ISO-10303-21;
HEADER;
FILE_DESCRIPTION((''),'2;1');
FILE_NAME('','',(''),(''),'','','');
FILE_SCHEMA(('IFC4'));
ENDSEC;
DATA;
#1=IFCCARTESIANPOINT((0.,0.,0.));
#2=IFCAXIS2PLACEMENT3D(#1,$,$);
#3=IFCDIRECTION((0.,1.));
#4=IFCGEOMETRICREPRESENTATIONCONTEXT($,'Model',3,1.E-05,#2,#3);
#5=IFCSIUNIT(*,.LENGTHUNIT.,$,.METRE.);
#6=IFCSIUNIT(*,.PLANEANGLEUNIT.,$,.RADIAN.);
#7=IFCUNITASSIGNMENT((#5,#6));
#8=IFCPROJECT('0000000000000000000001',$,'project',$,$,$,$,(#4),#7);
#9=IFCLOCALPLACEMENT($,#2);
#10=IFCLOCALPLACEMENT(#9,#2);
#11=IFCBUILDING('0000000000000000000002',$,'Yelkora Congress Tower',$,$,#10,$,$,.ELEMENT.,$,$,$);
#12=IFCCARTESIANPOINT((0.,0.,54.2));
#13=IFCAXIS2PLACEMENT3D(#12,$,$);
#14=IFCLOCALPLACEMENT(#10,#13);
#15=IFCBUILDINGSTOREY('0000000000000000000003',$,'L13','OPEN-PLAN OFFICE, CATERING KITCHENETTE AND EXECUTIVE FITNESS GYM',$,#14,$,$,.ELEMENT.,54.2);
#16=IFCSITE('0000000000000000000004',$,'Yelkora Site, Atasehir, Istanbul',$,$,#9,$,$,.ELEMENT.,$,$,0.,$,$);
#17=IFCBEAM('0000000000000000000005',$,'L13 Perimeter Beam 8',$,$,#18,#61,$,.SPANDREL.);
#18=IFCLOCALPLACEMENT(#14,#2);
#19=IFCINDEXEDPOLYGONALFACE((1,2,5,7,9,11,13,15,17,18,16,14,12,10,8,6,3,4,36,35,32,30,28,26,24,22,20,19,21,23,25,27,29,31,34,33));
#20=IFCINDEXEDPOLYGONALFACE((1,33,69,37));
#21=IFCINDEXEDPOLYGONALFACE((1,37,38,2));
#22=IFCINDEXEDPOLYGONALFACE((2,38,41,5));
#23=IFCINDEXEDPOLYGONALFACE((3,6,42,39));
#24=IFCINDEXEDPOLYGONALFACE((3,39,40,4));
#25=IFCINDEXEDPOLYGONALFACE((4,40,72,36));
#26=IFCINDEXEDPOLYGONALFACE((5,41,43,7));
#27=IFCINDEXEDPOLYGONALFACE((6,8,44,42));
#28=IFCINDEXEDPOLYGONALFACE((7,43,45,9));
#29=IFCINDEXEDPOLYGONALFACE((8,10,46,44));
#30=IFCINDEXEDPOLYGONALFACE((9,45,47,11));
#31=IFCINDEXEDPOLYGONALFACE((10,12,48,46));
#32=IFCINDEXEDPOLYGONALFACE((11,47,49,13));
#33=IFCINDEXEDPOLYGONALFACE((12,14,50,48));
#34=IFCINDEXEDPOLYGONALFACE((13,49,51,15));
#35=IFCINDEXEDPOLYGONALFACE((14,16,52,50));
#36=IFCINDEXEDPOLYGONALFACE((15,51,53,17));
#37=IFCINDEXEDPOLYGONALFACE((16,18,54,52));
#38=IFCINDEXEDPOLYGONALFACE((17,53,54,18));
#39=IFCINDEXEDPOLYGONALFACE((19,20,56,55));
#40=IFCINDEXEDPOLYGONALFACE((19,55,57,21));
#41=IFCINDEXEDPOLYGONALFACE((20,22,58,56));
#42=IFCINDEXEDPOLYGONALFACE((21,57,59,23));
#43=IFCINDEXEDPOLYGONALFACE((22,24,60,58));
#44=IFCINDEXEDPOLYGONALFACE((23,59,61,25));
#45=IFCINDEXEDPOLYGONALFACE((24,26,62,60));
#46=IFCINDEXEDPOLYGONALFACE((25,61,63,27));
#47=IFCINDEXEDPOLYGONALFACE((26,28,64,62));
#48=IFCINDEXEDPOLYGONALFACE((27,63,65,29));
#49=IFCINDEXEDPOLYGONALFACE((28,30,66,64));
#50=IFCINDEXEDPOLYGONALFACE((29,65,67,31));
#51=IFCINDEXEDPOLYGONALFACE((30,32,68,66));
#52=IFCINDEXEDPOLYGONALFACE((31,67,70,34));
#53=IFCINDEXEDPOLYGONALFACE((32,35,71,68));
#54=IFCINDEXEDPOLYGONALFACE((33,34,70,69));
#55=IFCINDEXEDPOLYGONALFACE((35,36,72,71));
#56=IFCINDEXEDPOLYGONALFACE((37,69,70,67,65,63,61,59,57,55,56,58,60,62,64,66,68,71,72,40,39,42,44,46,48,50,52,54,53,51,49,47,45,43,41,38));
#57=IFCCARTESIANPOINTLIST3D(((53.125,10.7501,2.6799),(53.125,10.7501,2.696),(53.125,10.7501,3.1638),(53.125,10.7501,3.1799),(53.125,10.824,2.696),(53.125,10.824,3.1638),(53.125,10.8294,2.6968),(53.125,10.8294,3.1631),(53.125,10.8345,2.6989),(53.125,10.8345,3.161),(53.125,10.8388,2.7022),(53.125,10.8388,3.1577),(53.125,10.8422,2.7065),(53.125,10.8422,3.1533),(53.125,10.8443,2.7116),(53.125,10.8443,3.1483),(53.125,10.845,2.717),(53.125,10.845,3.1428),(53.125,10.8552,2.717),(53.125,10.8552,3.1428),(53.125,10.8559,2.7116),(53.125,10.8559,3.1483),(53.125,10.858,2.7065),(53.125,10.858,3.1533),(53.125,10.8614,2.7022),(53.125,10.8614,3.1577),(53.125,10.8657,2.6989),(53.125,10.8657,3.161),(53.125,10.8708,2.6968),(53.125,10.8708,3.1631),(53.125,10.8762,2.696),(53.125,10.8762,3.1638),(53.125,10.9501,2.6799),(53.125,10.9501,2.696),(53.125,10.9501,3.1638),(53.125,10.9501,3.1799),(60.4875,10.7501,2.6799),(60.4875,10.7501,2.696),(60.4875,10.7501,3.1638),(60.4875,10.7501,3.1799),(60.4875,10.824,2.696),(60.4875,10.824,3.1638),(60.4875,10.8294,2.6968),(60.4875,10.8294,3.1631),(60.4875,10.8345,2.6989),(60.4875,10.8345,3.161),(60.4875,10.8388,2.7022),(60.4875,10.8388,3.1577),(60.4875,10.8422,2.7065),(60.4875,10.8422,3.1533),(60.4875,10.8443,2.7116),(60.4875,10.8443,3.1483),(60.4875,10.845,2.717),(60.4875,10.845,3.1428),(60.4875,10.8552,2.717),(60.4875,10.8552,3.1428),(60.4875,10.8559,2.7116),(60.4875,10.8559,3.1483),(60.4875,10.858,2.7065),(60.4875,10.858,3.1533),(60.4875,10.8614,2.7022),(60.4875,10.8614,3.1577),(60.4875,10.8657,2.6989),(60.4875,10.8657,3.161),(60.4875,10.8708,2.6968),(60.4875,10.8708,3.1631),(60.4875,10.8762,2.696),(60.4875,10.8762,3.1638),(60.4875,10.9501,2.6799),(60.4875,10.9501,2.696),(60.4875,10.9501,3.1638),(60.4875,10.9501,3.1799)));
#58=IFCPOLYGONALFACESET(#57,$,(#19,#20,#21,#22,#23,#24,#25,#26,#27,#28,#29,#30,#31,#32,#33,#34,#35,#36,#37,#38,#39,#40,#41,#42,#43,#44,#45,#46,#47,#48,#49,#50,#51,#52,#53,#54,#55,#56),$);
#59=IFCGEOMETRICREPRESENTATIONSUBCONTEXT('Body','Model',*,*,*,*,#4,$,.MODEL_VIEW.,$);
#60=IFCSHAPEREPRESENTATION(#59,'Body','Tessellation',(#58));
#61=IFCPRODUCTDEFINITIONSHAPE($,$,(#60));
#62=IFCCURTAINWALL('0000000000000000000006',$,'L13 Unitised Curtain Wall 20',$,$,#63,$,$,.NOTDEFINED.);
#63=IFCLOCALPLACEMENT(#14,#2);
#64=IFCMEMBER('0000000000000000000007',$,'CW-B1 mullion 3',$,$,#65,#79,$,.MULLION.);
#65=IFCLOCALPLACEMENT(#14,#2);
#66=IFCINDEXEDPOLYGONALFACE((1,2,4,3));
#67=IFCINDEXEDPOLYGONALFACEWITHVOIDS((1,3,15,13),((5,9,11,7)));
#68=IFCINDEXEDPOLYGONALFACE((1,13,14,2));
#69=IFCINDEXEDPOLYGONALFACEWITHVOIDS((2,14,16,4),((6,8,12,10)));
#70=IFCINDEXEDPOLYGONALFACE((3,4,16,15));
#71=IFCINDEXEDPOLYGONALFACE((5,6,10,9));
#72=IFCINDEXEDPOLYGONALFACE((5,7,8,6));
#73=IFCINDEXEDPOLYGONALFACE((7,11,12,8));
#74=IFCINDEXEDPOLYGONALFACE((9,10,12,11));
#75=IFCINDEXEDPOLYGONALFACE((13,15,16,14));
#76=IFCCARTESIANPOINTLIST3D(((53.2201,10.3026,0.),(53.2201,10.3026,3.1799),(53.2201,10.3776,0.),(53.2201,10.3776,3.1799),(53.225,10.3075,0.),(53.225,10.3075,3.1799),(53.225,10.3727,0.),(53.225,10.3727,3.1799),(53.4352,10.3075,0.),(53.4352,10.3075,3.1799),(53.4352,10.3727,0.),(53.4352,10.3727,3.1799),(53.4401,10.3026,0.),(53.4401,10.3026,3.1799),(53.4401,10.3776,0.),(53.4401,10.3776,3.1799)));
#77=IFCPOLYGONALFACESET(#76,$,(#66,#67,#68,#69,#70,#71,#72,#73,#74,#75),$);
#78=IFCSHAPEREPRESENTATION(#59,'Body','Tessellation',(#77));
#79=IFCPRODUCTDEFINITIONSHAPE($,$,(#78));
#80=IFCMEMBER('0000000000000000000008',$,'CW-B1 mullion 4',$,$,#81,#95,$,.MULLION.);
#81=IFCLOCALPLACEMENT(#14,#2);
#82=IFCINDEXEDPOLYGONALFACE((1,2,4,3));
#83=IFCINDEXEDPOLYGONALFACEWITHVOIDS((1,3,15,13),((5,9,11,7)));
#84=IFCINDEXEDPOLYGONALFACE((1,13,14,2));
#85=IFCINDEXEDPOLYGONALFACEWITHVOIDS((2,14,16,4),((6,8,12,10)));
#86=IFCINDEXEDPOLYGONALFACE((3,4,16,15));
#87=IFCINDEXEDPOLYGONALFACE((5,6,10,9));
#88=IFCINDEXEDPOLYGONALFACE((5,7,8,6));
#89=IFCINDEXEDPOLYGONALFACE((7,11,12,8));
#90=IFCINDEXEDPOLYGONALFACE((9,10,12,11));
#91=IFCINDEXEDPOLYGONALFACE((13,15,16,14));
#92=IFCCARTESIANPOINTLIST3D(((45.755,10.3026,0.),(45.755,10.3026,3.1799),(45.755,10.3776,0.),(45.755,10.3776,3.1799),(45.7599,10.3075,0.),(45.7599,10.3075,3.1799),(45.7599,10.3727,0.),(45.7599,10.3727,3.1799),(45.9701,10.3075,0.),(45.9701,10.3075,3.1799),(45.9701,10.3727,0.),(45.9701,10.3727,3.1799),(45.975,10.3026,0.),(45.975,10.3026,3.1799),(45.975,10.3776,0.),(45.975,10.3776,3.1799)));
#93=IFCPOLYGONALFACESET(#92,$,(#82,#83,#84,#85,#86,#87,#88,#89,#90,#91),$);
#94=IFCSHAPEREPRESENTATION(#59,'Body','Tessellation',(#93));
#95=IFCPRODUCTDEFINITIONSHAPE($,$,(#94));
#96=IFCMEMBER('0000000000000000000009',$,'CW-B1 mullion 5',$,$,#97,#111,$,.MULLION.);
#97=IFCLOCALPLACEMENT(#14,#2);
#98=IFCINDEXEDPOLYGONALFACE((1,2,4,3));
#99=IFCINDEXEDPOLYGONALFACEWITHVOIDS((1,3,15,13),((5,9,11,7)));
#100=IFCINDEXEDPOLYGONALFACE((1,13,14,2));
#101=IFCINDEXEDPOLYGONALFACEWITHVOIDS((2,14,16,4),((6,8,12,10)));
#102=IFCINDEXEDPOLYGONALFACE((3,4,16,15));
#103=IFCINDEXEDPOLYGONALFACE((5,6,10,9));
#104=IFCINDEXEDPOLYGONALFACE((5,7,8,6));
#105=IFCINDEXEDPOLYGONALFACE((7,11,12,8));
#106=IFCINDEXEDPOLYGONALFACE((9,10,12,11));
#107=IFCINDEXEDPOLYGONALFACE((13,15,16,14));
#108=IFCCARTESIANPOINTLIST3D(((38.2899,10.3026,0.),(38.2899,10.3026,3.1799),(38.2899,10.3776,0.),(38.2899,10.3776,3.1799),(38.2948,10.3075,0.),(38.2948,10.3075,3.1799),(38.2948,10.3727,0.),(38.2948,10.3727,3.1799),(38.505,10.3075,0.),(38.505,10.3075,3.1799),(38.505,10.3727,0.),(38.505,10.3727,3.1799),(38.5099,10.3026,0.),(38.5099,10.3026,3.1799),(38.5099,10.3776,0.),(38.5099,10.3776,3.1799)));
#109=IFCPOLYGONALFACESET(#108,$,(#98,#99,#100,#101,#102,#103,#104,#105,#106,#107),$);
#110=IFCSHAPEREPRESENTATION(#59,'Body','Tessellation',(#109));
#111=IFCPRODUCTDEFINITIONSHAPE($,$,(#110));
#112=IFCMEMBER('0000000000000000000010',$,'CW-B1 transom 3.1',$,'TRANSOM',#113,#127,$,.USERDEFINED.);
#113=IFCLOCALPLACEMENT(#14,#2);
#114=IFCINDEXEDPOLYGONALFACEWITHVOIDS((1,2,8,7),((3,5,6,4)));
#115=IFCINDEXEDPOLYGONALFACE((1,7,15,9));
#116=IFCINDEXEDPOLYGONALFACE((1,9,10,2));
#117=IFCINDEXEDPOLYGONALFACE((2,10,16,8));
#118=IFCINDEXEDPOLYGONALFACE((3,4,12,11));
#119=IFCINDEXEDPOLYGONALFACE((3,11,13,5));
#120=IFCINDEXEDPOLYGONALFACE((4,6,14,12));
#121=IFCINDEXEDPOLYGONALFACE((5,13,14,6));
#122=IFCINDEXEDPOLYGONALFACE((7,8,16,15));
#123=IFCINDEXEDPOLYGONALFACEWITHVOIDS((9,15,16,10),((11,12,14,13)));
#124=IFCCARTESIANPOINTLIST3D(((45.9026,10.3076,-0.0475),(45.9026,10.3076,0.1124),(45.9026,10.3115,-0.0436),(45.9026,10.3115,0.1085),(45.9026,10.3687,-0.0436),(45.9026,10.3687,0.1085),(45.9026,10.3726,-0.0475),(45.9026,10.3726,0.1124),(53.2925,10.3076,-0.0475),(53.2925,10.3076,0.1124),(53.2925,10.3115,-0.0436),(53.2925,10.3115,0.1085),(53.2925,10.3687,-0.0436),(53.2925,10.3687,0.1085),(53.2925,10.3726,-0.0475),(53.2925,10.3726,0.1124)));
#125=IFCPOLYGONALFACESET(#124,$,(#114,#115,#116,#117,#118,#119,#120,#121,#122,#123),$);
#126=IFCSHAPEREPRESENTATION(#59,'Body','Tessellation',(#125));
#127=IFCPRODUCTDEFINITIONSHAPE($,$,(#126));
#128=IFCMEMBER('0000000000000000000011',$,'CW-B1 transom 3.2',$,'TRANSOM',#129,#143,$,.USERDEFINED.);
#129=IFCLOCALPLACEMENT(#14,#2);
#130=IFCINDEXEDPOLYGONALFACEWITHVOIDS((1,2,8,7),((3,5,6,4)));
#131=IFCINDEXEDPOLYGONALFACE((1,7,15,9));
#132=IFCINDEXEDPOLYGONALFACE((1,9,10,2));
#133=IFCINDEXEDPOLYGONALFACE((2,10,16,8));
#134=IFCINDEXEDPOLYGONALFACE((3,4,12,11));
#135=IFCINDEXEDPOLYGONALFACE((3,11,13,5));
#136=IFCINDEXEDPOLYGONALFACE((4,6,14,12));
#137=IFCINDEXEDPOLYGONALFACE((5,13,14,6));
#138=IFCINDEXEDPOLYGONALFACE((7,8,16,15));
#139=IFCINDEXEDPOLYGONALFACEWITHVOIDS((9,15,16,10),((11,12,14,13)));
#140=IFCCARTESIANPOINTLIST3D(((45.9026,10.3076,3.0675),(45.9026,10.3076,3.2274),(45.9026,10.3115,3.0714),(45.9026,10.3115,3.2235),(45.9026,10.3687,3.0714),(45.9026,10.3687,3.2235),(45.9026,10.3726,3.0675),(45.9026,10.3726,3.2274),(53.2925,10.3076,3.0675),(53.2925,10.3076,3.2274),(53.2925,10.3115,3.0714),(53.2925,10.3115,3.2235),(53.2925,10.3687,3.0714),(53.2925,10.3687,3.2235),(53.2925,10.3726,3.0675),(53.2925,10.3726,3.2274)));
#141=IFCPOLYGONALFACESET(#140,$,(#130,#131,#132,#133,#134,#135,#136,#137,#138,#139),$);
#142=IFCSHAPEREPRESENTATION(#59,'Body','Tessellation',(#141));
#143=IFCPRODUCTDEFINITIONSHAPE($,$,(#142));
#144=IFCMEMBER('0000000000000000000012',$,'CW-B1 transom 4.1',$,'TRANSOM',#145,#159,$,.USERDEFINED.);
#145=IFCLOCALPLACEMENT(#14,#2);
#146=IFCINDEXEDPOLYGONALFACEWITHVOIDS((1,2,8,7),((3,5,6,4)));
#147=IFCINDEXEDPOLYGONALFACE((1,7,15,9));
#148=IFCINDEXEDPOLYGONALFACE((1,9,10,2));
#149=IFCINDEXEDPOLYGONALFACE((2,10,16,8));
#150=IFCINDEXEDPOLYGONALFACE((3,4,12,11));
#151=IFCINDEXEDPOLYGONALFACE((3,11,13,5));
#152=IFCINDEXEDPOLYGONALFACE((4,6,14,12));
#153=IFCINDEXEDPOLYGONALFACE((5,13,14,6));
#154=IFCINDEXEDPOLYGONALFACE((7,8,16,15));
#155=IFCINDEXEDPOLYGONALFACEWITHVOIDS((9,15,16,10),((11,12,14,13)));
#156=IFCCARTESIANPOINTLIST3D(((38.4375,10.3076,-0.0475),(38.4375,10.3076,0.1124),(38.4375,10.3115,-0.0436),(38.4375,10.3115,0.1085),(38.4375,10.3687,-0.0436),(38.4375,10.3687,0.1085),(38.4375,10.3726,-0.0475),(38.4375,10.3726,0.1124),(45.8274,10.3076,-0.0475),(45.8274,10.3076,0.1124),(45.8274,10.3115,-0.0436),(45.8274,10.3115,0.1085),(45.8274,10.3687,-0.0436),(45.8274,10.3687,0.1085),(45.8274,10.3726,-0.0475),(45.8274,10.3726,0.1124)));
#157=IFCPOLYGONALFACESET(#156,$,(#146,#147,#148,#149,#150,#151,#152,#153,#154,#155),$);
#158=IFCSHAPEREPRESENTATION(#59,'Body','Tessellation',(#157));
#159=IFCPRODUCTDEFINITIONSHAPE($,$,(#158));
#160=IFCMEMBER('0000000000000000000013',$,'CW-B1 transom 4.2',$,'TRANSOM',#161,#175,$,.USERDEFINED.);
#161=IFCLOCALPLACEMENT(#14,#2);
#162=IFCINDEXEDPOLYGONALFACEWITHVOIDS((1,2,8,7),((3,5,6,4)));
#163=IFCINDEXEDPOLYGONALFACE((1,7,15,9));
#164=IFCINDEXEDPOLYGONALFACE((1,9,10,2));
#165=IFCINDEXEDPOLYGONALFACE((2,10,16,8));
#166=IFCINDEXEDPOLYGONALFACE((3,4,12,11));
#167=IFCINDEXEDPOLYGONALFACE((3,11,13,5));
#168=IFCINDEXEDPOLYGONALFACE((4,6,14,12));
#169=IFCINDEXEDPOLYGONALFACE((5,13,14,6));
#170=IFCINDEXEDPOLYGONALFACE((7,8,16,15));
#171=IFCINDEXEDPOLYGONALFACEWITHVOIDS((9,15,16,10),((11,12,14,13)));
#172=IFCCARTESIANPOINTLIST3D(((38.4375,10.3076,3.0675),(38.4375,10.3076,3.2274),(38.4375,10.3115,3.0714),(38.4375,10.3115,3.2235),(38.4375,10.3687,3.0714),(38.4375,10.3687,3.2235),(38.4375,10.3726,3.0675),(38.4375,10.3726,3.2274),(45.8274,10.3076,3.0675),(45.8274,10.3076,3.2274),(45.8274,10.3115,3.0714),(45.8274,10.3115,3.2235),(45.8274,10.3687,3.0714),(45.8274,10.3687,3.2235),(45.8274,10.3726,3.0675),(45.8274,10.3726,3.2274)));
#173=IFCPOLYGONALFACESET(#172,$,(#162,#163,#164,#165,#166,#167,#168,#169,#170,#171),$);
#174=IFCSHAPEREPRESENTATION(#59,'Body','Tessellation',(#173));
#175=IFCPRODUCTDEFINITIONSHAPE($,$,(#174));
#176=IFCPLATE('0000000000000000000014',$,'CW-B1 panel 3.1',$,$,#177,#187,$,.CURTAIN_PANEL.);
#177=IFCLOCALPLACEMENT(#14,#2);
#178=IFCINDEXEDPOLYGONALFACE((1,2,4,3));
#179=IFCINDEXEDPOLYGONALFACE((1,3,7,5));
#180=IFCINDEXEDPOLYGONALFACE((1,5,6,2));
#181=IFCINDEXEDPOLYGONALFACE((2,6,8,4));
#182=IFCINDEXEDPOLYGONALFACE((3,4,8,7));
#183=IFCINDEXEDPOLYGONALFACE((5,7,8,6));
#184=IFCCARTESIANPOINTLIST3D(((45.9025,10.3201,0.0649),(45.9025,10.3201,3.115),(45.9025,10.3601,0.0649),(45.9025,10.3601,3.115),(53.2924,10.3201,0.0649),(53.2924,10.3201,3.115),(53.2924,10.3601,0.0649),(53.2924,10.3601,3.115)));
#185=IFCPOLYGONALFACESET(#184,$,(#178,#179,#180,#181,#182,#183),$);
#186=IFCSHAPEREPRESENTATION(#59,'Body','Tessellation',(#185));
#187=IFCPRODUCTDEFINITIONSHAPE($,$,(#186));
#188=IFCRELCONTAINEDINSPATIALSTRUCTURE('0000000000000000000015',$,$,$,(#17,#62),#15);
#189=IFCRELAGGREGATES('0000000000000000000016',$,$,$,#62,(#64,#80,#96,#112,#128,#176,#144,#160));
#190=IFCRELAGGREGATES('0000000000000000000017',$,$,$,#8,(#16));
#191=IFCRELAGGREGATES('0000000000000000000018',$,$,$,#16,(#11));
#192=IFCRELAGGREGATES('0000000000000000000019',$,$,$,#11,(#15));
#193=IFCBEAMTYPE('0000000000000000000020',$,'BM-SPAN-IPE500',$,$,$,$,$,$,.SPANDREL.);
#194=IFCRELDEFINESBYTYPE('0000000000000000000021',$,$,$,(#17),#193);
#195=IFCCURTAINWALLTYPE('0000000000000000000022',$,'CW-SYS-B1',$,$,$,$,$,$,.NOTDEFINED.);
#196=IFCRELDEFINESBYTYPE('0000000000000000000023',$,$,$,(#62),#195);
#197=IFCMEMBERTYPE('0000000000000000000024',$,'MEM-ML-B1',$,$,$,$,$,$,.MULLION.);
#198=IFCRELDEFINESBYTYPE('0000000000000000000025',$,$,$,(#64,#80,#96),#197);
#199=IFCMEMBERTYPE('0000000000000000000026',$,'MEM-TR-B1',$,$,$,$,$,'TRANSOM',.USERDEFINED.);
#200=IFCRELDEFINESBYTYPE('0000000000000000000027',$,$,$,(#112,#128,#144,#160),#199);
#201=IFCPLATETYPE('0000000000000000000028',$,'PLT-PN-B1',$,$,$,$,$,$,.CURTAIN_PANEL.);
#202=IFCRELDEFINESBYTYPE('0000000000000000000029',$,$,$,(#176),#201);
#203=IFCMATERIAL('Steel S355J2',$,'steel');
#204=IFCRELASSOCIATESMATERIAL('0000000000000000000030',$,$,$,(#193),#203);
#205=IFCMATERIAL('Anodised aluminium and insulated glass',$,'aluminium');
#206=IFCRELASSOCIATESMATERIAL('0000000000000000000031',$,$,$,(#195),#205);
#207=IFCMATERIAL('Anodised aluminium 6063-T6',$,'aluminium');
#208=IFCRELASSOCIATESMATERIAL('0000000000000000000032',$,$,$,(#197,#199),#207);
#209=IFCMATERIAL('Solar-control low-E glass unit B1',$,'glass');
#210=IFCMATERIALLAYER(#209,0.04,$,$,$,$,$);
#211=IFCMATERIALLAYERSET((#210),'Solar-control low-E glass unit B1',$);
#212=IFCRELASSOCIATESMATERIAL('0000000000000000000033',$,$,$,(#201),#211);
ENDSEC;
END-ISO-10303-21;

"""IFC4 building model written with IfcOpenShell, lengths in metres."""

from ifc_helpers import new_model, si_unit, direction, frame, origin, origin_2d, place, context, subcontext, project, spatial, rectangle, hollow_rectangle, i_section, extrude, material, layer, layer_set, material_profile, profile_set, type_object, element, aggregate, save


model = new_model("IFC4")

# Units and contexts
model_context = context("Model", 3, precision=1e-05, world=origin(), true_north=direction((0.0, 1.0)))
body_context = subcontext(model_context, "Body", "Model", "MODEL_VIEW")
ifc_project = project(units=[si_unit("LENGTHUNIT", "METRE"), si_unit("PLANEANGLEUNIT", "RADIAN")], contexts=[model_context])

# Site, building, storey
site_placement = place(None, origin())
site = spatial("IfcSite", under=ifc_project, at=site_placement, Name="Yelkora Site, Atasehir, Istanbul", CompositionType="ELEMENT", RefElevation=0.0)
building_placement = place(site_placement, origin())
building = spatial("IfcBuilding", under=site, at=building_placement, Name="Yelkora Congress Tower", CompositionType="ELEMENT")
storey_placement = place(building_placement, frame((0.0, 0.0, 54.2)))
storey = spatial("IfcBuildingStorey", under=building, at=storey_placement, Name="L13", Description="OPEN-PLAN OFFICE, CATERING KITCHENETTE AND EXECUTIVE FITNESS GYM", CompositionType="ELEMENT", Elevation=54.2)

# Beam
ifc_material_1 = material(Name="Steel S355J2", Category="steel")
ifc_material_profile_1 = material_profile(ifc_material_1, i_section(OverallWidth=0.2, OverallDepth=0.5, WebThickness=0.0103, FlangeThickness=0.0161, FilletRadius=0.021, at=origin_2d()), Name="IPE 500")
ifc_profile_set_1 = profile_set([ifc_material_profile_1], Name="Steel S355J2")
beam_type_1 = type_object("IfcBeamType", Name="BM-SPAN-IPE500", PredefinedType="SPANDREL", material=ifc_profile_set_1)
for number, where, z_axis, x_axis, name in (
    (1, (53.125, 10.8501, 2.9299), (1.0, 0.0, 0.0), (0.0, 1.0, 0.0), "L13 Perimeter Beam 8"),
):
    element("IfcBeam", number, at=place(storey_placement, frame(where, z_axis=z_axis, x_axis=x_axis)), inside=storey, type_object=beam_type_1, Name=name, PredefinedType="SPANDREL", context=body_context, shape_type="SweptSolid", body=[
        extrude(i_section(OverallWidth=0.2, OverallDepth=0.5, WebThickness=0.0103, FlangeThickness=0.0161, FilletRadius=0.021, at=origin_2d()), origin(), (0.0, 0.0, 1.0), 7.3625),
    ])

# Curtain wall, members, plate
ifc_material_2 = material(Name="Anodised aluminium and insulated glass", Category="aluminium")
curtain_wall_type = type_object("IfcCurtainWallType", Name="CW-SYS-B1", PredefinedType="NOTDEFINED", material=ifc_material_2)
curtain_wall_placement = place(storey_placement, origin())
curtain_wall = element("IfcCurtainWall", 2, at=curtain_wall_placement, inside=storey, type_object=curtain_wall_type, Name="L13 Unitised Curtain Wall 20", PredefinedType="NOTDEFINED")
ifc_material_3 = material(Name="Anodised aluminium 6063-T6", Category="aluminium")
ifc_material_profile_2 = material_profile(ifc_material_3, hollow_rectangle(XDim=0.075, YDim=0.22, WallThickness=0.0049, at=origin_2d()), Name="ALU 75x220x5")
ifc_profile_set_2 = profile_set([ifc_material_profile_2], Name="Anodised aluminium 6063-T6")
member_type_1 = type_object("IfcMemberType", Name="MEM-ML-B1", PredefinedType="MULLION", material=ifc_profile_set_2)
member_1_placement = place(storey_placement, frame((53.3301, 10.3401, 0.0), z_axis=(0.0, 0.0, 1.0), x_axis=(0.0, -1.0, 0.0)))
member_1 = element("IfcMember", 3, at=member_1_placement, type_object=member_type_1, Name="CW-B1 mullion 3", PredefinedType="MULLION", context=body_context, shape_type="SweptSolid", body=[
    extrude(hollow_rectangle(XDim=0.075, YDim=0.22, WallThickness=0.0049, at=origin_2d()), origin(), (0.0, 0.0, 1.0), 3.1799),
])
member_2_placement = place(storey_placement, frame((45.865, 10.3401, 0.0), z_axis=(0.0, 0.0, 1.0), x_axis=(0.0, -1.0, 0.0)))
member_2 = element("IfcMember", 4, at=member_2_placement, type_object=member_type_1, Name="CW-B1 mullion 4", PredefinedType="MULLION", context=body_context, shape_type="SweptSolid", body=[
    extrude(hollow_rectangle(XDim=0.075, YDim=0.22, WallThickness=0.0049, at=origin_2d()), origin(), (0.0, 0.0, 1.0), 3.1799),
])
member_3_placement = place(storey_placement, frame((38.3999, 10.3401, 0.0), z_axis=(0.0, 0.0, 1.0), x_axis=(0.0, -1.0, 0.0)))
member_3 = element("IfcMember", 5, at=member_3_placement, type_object=member_type_1, Name="CW-B1 mullion 5", PredefinedType="MULLION", context=body_context, shape_type="SweptSolid", body=[
    extrude(hollow_rectangle(XDim=0.075, YDim=0.22, WallThickness=0.0049, at=origin_2d()), origin(), (0.0, 0.0, 1.0), 3.1799),
])
ifc_material_profile_3 = material_profile(ifc_material_3, hollow_rectangle(XDim=0.0649, YDim=0.1599, WallThickness=0.0039, at=origin_2d()), Name="ALU 65x160x4")
ifc_profile_set_3 = profile_set([ifc_material_profile_3], Name="Anodised aluminium 6063-T6")
member_type_2 = type_object("IfcMemberType", Name="MEM-TR-B1", ElementType="TRANSOM", PredefinedType="USERDEFINED", material=ifc_profile_set_3)
member_4_placement = place(storey_placement, frame((53.2925, 10.3401, 0.0325), z_axis=(-1.0, 0.0, 0.0), x_axis=(0.0, -1.0, 0.0)))
member_4 = element("IfcMember", 6, at=member_4_placement, type_object=member_type_2, Name="CW-B1 transom 3.1", ObjectType="TRANSOM", PredefinedType="USERDEFINED", context=body_context, shape_type="SweptSolid", body=[
    extrude(hollow_rectangle(XDim=0.0649, YDim=0.1599, WallThickness=0.0039, at=origin_2d()), origin(), (0.0, 0.0, 1.0), 7.3899),
])
member_5_placement = place(storey_placement, frame((53.2925, 10.3401, 3.1475), z_axis=(-1.0, 0.0, 0.0), x_axis=(0.0, -1.0, 0.0)))
member_5 = element("IfcMember", 7, at=member_5_placement, type_object=member_type_2, Name="CW-B1 transom 3.2", ObjectType="TRANSOM", PredefinedType="USERDEFINED", context=body_context, shape_type="SweptSolid", body=[
    extrude(hollow_rectangle(XDim=0.0649, YDim=0.1599, WallThickness=0.0039, at=origin_2d()), origin(), (0.0, 0.0, 1.0), 7.3899),
])
member_6_placement = place(storey_placement, frame((45.8274, 10.3401, 0.0325), z_axis=(-1.0, 0.0, 0.0), x_axis=(0.0, -1.0, 0.0)))
member_6 = element("IfcMember", 8, at=member_6_placement, type_object=member_type_2, Name="CW-B1 transom 4.1", ObjectType="TRANSOM", PredefinedType="USERDEFINED", context=body_context, shape_type="SweptSolid", body=[
    extrude(hollow_rectangle(XDim=0.0649, YDim=0.1599, WallThickness=0.0039, at=origin_2d()), origin(), (0.0, 0.0, 1.0), 7.3899),
])
member_7_placement = place(storey_placement, frame((45.8274, 10.3401, 3.1475), z_axis=(-1.0, 0.0, 0.0), x_axis=(0.0, -1.0, 0.0)))
member_7 = element("IfcMember", 9, at=member_7_placement, type_object=member_type_2, Name="CW-B1 transom 4.2", ObjectType="TRANSOM", PredefinedType="USERDEFINED", context=body_context, shape_type="SweptSolid", body=[
    extrude(hollow_rectangle(XDim=0.0649, YDim=0.1599, WallThickness=0.0039, at=origin_2d()), origin(), (0.0, 0.0, 1.0), 7.3899),
])
ifc_material_4 = material(Name="Solar-control low-E glass unit B1", Category="glass")
ifc_layer_1 = layer(ifc_material_4, 0.04)
ifc_layer_set_1 = layer_set([ifc_layer_1], Name="Solar-control low-E glass unit B1")
plate_type = type_object("IfcPlateType", Name="PLT-PN-B1", PredefinedType="CURTAIN_PANEL", material=ifc_layer_set_1)
plate_1_placement = place(storey_placement, frame((49.5974, 10.3401, 0.0649), z_axis=(0.0, 0.0, 1.0), x_axis=(-1.0, 0.0, 0.0)))
plate_1 = element("IfcPlate", 10, at=plate_1_placement, type_object=plate_type, Name="CW-B1 panel 3.1", PredefinedType="CURTAIN_PANEL", context=body_context, shape_type="SweptSolid", body=[
    extrude(rectangle(XDim=7.3899, YDim=0.04, at=origin_2d()), origin(), (0.0, 0.0, 1.0), 3.05),
])
aggregate(curtain_wall, [member_1, member_2, member_3, member_4, member_5, plate_1, member_6, member_7])

save(model, "model.ifc")
